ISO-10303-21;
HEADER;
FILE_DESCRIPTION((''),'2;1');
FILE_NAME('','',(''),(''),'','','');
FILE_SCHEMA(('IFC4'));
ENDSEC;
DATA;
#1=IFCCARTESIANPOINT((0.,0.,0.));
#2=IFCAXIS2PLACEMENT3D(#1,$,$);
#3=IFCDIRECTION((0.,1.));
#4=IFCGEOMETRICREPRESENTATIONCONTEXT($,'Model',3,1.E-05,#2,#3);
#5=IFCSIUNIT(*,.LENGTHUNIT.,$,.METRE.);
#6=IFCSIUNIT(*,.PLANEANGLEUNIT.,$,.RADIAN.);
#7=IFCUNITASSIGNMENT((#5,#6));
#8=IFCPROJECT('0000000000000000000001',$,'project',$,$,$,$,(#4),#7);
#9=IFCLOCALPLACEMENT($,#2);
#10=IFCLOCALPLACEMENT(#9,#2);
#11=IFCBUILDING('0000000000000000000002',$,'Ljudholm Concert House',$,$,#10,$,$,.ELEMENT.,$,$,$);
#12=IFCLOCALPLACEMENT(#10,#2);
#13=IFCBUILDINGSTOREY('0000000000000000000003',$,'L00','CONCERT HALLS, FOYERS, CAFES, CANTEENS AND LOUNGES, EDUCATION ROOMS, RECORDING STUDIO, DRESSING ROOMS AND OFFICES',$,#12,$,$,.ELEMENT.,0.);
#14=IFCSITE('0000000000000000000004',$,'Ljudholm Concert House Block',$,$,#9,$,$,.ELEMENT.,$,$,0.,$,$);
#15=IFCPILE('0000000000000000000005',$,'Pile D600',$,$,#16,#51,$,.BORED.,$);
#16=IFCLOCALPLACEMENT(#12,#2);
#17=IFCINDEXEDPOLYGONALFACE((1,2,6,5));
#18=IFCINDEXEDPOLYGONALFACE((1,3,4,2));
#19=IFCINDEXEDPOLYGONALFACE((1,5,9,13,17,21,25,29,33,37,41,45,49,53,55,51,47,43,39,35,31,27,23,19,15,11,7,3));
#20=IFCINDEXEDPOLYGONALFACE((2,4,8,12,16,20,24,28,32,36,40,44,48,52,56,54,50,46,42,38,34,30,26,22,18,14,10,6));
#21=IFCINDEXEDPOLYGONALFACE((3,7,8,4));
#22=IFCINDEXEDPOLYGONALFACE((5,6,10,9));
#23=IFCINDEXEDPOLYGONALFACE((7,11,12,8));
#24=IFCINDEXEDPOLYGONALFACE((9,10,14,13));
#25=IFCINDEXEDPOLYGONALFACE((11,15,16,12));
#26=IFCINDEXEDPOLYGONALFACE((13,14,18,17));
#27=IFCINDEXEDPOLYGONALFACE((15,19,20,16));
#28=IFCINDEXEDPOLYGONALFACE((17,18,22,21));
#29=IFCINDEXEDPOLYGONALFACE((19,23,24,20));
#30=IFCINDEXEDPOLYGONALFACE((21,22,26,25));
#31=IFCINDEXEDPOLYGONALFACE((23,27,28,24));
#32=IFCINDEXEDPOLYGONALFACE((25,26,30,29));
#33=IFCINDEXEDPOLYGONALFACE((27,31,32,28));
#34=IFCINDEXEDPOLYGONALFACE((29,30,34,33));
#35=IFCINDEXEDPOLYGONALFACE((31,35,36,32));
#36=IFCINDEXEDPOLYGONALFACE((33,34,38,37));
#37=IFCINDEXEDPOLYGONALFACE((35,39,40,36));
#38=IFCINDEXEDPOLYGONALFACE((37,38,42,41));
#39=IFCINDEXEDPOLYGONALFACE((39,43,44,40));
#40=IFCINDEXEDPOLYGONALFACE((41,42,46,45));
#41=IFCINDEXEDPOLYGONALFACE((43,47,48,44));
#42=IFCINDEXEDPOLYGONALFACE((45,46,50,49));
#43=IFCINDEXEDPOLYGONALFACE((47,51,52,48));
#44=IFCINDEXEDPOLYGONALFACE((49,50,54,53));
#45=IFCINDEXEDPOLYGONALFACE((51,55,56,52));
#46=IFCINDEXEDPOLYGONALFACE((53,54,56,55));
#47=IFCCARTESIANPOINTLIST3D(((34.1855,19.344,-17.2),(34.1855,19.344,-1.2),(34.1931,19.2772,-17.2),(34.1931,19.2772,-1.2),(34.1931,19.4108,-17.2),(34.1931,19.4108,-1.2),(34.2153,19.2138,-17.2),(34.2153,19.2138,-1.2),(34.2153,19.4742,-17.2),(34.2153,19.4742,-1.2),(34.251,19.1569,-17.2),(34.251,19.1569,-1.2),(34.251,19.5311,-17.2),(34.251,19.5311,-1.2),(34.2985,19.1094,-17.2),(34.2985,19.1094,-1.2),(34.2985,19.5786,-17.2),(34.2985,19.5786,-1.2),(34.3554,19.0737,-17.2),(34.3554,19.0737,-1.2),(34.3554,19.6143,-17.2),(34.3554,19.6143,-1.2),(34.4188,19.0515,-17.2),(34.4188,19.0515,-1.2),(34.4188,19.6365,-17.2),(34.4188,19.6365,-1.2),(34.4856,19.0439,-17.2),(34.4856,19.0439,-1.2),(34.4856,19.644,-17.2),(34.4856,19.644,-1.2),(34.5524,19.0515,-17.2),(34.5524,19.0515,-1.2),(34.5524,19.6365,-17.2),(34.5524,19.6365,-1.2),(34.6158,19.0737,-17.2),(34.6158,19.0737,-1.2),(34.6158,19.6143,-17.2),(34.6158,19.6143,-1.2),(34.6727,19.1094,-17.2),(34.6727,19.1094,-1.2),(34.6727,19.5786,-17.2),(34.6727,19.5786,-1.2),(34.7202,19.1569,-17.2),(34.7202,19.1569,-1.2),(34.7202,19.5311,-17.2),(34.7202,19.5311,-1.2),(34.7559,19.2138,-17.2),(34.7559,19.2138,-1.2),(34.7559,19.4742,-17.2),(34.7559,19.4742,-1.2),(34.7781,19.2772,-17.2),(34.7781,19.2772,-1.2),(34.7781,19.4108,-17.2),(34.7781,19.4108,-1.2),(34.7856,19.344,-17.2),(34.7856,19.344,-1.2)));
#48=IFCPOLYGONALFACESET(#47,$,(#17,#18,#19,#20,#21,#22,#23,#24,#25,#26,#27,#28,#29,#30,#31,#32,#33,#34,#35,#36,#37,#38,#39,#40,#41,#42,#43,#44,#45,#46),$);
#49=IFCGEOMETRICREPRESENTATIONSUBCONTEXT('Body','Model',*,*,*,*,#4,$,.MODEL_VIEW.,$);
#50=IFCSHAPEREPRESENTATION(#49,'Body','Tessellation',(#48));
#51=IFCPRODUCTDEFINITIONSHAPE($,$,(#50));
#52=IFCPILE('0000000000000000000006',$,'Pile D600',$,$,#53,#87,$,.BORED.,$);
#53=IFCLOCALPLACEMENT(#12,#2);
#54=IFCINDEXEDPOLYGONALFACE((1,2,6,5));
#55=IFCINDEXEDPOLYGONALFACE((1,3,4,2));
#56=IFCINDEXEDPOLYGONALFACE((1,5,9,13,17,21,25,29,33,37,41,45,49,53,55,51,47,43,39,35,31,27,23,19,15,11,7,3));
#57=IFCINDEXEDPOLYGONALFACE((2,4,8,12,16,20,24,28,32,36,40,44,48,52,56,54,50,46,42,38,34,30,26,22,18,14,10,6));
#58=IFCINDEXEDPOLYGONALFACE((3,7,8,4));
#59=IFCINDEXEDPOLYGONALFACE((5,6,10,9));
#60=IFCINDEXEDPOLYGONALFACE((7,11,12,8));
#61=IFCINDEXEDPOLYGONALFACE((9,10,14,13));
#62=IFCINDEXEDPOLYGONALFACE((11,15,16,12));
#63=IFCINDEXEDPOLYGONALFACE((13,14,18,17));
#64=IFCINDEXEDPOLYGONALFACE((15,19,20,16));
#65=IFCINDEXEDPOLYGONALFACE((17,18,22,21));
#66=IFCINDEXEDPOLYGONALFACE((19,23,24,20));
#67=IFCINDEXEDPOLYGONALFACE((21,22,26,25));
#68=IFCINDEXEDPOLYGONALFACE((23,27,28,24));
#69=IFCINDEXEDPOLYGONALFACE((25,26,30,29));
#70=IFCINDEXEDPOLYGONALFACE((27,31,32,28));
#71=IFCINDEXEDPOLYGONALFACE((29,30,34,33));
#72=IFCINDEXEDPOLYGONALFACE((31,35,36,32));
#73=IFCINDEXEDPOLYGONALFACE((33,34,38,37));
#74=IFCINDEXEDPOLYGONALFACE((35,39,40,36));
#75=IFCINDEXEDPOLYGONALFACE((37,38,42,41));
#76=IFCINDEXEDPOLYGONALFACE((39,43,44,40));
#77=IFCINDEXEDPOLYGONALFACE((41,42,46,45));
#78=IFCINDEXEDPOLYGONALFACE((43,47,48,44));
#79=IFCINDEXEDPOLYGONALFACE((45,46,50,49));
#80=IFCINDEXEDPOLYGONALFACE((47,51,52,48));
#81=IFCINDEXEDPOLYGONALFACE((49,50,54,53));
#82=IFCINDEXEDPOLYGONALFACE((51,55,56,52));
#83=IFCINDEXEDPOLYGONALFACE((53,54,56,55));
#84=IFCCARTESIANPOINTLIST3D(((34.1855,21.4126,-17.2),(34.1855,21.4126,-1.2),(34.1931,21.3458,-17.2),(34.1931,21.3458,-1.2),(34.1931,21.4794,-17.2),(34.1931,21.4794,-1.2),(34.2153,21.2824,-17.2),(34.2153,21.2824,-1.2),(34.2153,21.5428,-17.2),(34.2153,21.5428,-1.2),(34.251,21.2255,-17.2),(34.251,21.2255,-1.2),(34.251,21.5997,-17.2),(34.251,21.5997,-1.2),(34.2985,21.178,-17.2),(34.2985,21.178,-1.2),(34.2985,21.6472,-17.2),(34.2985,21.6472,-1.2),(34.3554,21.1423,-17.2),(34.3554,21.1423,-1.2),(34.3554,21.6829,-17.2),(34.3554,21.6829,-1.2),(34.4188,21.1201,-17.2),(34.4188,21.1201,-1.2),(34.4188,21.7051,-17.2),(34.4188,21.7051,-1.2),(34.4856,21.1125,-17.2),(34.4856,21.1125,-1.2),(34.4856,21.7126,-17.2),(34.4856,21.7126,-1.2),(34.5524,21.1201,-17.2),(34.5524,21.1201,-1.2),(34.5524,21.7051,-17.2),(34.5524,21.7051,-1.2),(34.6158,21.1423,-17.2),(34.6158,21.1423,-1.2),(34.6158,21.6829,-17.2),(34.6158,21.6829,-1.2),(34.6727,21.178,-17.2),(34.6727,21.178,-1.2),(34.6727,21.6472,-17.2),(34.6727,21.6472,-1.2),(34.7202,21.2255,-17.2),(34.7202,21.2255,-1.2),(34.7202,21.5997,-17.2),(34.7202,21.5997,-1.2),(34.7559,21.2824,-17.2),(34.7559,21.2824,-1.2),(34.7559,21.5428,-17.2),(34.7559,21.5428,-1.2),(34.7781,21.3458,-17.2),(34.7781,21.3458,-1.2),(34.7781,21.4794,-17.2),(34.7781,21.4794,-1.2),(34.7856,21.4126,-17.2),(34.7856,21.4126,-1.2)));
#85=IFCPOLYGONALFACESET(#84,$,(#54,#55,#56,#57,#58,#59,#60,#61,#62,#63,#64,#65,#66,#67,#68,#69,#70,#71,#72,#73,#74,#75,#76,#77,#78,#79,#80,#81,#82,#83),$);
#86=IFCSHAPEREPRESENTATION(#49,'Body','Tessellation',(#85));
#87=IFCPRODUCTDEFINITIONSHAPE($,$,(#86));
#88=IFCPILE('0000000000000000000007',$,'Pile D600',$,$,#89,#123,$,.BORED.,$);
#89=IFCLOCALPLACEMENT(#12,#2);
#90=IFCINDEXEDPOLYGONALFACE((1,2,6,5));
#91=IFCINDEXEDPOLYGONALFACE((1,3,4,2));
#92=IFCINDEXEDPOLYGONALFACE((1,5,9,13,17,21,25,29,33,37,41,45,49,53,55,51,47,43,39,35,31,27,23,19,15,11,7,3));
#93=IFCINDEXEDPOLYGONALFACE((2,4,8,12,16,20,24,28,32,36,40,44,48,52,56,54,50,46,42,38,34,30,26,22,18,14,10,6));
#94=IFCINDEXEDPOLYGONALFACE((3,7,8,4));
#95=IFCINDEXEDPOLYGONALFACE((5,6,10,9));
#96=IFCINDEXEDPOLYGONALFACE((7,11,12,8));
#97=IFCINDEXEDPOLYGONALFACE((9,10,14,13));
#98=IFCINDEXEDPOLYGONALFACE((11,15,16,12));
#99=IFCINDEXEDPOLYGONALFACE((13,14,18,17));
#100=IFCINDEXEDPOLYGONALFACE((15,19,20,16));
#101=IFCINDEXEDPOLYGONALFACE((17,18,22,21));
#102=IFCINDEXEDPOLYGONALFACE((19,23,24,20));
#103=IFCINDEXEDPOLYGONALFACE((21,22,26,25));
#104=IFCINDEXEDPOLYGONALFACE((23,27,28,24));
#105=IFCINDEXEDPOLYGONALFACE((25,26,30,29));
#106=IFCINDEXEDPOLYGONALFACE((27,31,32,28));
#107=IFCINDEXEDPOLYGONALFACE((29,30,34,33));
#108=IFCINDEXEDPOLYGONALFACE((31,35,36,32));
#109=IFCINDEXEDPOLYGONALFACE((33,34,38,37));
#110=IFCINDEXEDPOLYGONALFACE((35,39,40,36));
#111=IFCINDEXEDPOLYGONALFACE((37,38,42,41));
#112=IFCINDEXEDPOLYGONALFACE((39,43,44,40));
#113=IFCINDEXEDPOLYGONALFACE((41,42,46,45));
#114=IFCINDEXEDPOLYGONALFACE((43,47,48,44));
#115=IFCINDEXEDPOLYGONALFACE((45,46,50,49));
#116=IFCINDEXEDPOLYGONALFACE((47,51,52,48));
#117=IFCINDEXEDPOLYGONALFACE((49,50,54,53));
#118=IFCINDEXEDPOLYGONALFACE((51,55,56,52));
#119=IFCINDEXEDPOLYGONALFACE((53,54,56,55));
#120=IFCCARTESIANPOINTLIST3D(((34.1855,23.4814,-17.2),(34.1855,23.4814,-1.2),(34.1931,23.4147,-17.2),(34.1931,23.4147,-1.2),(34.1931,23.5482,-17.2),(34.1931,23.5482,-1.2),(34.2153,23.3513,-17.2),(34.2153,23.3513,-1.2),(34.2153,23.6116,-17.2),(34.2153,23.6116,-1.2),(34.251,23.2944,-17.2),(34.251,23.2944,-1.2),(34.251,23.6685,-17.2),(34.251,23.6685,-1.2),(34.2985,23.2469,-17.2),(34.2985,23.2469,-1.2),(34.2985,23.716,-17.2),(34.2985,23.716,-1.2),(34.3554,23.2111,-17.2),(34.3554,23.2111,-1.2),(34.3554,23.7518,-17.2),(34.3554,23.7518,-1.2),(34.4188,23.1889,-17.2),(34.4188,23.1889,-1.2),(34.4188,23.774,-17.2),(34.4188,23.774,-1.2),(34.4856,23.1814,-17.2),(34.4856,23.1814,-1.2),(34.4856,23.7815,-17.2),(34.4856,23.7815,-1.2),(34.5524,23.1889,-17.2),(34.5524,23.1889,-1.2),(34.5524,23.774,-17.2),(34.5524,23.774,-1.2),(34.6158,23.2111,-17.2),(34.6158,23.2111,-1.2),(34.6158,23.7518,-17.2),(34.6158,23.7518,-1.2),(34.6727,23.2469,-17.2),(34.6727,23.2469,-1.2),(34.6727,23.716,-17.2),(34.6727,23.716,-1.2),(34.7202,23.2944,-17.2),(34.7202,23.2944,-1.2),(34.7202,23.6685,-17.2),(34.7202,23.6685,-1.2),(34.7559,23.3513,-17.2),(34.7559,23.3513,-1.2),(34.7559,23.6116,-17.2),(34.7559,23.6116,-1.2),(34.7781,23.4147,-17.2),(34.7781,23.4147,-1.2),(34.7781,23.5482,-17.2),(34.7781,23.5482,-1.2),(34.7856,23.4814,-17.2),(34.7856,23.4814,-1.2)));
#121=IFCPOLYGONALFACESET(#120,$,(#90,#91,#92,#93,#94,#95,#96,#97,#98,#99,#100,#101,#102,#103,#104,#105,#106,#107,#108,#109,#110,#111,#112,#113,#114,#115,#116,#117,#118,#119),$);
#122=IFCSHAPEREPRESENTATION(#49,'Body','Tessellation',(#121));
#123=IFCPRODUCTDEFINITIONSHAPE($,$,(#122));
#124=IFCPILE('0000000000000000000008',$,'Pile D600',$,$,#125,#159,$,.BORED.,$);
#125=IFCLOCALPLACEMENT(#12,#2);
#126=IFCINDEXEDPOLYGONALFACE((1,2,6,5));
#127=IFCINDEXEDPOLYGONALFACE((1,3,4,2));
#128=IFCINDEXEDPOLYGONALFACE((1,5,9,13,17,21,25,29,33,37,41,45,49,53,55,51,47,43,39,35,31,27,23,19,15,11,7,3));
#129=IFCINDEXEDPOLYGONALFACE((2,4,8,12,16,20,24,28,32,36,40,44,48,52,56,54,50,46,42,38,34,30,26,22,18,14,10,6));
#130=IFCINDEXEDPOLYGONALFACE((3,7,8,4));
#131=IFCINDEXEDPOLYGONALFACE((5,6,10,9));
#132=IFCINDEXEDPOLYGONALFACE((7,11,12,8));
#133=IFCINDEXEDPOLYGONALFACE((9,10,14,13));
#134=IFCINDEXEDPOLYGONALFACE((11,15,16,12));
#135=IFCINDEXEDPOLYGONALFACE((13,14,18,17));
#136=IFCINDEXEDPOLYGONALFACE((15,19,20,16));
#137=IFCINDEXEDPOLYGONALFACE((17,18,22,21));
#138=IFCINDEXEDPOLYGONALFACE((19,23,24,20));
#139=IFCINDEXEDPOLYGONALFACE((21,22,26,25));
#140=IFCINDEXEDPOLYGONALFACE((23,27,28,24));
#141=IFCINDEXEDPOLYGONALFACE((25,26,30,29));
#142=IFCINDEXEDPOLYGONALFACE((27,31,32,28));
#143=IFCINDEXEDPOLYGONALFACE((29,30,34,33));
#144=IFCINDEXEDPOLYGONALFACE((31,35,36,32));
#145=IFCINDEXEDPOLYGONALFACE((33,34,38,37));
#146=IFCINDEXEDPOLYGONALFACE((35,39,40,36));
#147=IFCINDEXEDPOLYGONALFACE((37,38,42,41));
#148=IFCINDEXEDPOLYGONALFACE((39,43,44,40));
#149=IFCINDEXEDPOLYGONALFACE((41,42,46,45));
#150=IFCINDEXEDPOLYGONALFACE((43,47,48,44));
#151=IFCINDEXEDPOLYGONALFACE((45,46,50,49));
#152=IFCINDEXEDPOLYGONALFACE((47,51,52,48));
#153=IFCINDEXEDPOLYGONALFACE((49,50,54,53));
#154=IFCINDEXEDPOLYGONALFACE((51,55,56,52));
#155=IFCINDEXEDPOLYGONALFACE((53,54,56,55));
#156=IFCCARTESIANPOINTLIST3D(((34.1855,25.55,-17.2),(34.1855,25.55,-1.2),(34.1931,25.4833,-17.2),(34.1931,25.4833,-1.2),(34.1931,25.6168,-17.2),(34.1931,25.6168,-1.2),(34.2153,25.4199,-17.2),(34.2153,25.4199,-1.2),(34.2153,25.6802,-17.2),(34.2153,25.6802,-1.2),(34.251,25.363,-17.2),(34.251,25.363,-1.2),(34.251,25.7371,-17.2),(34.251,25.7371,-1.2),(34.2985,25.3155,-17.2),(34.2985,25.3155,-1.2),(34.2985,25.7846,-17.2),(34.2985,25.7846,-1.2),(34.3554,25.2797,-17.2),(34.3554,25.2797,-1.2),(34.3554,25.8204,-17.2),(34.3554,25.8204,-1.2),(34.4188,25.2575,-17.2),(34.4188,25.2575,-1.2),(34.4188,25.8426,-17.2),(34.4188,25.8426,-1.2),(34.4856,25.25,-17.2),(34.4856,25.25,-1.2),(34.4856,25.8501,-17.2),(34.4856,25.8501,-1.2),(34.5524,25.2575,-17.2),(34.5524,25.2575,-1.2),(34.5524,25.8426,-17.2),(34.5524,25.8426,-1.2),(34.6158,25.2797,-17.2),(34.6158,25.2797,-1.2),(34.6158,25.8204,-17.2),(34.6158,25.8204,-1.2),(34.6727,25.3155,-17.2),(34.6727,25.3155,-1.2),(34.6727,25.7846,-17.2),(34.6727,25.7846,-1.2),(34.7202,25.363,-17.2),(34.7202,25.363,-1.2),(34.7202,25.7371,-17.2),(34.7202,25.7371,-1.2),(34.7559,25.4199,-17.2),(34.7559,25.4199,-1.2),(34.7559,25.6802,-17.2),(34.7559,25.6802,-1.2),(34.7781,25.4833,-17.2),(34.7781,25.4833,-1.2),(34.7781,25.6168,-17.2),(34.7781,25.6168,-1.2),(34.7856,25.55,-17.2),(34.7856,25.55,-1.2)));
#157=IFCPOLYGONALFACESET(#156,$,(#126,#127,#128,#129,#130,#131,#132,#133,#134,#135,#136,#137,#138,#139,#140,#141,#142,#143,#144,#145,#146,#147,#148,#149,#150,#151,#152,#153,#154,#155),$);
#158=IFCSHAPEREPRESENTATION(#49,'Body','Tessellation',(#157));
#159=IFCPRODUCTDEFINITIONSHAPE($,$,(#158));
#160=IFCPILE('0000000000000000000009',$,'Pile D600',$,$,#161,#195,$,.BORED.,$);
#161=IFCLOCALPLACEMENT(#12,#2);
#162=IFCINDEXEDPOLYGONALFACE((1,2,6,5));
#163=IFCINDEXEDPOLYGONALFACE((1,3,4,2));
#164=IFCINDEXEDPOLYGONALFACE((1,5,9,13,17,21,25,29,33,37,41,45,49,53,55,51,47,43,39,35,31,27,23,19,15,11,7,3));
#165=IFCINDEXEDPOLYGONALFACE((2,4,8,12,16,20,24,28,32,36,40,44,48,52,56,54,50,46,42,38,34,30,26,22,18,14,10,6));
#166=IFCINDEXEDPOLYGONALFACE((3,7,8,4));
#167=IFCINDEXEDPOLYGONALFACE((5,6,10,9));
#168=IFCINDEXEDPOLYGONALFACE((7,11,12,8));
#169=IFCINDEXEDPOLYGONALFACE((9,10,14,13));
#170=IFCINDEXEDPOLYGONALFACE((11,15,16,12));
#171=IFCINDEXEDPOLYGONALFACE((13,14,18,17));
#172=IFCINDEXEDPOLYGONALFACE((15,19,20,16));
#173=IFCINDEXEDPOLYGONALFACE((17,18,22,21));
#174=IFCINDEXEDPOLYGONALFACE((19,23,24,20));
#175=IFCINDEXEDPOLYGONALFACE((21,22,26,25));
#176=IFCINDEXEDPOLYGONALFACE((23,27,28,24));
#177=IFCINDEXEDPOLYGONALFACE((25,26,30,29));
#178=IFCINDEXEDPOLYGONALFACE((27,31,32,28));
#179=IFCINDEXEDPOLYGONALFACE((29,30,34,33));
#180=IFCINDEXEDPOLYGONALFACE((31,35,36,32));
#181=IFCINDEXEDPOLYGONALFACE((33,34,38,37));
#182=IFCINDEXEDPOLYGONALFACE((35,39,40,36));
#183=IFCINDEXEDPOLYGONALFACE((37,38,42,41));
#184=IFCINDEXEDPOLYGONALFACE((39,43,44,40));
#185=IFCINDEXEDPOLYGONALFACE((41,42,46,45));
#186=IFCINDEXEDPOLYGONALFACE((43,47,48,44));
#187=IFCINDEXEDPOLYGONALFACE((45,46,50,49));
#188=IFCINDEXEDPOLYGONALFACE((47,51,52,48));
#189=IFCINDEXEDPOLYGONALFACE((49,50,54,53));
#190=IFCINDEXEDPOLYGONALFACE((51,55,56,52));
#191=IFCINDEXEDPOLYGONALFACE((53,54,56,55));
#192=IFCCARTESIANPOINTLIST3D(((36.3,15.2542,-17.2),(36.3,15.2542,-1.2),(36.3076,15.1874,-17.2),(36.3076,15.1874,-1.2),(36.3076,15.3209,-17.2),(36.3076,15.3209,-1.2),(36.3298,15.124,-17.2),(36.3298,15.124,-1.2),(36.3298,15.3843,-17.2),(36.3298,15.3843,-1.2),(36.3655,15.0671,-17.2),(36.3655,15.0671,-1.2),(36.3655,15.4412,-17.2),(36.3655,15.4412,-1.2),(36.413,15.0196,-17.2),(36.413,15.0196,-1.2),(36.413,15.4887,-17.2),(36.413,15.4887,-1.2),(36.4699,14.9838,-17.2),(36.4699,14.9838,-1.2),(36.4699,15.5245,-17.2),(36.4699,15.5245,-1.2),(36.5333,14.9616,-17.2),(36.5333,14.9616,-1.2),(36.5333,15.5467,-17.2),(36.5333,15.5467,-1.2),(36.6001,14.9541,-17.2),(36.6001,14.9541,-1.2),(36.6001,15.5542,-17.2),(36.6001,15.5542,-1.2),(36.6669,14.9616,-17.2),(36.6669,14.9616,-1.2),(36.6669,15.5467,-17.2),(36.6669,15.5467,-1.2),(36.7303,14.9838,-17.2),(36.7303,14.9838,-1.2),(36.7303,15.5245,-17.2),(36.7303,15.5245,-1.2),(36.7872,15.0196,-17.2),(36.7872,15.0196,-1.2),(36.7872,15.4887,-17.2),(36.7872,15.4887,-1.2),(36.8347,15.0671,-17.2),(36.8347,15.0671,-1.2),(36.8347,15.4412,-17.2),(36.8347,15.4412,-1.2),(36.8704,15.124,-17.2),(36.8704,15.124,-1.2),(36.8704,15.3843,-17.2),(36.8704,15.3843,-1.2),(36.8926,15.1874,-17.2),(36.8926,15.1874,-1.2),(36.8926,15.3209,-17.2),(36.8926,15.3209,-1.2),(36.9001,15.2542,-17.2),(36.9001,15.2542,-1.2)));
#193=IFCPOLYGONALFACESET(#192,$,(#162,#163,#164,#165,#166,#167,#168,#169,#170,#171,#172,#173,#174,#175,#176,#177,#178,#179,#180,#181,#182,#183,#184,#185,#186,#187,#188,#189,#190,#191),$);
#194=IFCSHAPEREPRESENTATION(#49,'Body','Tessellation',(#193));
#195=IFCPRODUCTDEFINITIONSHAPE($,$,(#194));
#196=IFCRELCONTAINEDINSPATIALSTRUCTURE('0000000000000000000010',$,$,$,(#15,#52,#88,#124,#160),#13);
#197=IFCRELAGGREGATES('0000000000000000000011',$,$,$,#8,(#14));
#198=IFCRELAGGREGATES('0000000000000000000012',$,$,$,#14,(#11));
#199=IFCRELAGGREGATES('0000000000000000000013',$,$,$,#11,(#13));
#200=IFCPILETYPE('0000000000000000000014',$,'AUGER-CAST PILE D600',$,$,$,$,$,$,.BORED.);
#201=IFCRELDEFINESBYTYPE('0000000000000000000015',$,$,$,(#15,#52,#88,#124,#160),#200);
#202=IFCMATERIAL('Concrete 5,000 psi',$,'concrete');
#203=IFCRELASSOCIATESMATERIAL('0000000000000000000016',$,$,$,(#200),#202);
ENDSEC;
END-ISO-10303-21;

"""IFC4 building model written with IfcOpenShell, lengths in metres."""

from ifc_helpers import new_model, si_unit, direction, frame, origin, origin_2d, place, context, subcontext, project, spatial, circle, extrude, material, material_profile, profile_set, type_object, element, save


model = new_model("IFC4")

# Units and contexts
model_context = context("Model", 3, precision=1e-05, world=origin(), true_north=direction((0.0, 1.0)))
body_context = subcontext(model_context, "Body", "Model", "MODEL_VIEW")
ifc_project = project(units=[si_unit("LENGTHUNIT", "METRE"), si_unit("PLANEANGLEUNIT", "RADIAN")], contexts=[model_context])

# Site, building, storey
site_placement = place(None, origin())
site = spatial("IfcSite", under=ifc_project, at=site_placement, Name="Ljudholm Concert House Block", CompositionType="ELEMENT", RefElevation=0.0)
building_placement = place(site_placement, origin())
building = spatial("IfcBuilding", under=site, at=building_placement, Name="Ljudholm Concert House", CompositionType="ELEMENT")
storey_placement = place(building_placement, origin())
storey = spatial("IfcBuildingStorey", under=building, at=storey_placement, Name="L00", Description="CONCERT HALLS, FOYERS, CAFES, CANTEENS AND LOUNGES, EDUCATION ROOMS, RECORDING STUDIO, DRESSING ROOMS AND OFFICES", CompositionType="ELEMENT", Elevation=0.0)

# Piles
ifc_material_1 = material(Name="Concrete 5,000 psi", Category="concrete")
ifc_material_profile_1 = material_profile(ifc_material_1, circle(Radius=0.3, at=origin_2d()), Name="AUGER-CAST PILE D600")
ifc_profile_set_1 = profile_set([ifc_material_profile_1], Name="Concrete 5,000 psi")
pile_type = type_object("IfcPileType", Name="AUGER-CAST PILE D600", PredefinedType="BORED", material=ifc_profile_set_1)
for number, where, z_axis, x_axis, name in (
    (1, (34.4856, 19.344, -1.2), (0.0, 0.0, -1.0), (1.0, 0.0, 0.0), "Pile D600"),
    (2, (34.4856, 21.4126, -1.2), (0.0, 0.0, -1.0), (1.0, 0.0, 0.0), "Pile D600"),
    (3, (34.4856, 23.4814, -1.2), (0.0, 0.0, -1.0), (1.0, 0.0, 0.0), "Pile D600"),
    (4, (34.4856, 25.55, -1.2), (0.0, 0.0, -1.0), (1.0, 0.0, 0.0), "Pile D600"),
    (5, (36.6001, 15.2542, -1.2), (0.0, 0.0, -1.0), (1.0, 0.0, 0.0), "Pile D600"),
):
    element("IfcPile", number, at=place(storey_placement, frame(where, z_axis=z_axis, x_axis=x_axis)), inside=storey, type_object=pile_type, Name=name, PredefinedType="BORED", context=body_context, shape_type="SweptSolid", body=[
        extrude(circle(Radius=0.3, at=origin_2d()), origin(), (0.0, 0.0, 1.0), 16.0),
    ])

save(model, "model.ifc")
